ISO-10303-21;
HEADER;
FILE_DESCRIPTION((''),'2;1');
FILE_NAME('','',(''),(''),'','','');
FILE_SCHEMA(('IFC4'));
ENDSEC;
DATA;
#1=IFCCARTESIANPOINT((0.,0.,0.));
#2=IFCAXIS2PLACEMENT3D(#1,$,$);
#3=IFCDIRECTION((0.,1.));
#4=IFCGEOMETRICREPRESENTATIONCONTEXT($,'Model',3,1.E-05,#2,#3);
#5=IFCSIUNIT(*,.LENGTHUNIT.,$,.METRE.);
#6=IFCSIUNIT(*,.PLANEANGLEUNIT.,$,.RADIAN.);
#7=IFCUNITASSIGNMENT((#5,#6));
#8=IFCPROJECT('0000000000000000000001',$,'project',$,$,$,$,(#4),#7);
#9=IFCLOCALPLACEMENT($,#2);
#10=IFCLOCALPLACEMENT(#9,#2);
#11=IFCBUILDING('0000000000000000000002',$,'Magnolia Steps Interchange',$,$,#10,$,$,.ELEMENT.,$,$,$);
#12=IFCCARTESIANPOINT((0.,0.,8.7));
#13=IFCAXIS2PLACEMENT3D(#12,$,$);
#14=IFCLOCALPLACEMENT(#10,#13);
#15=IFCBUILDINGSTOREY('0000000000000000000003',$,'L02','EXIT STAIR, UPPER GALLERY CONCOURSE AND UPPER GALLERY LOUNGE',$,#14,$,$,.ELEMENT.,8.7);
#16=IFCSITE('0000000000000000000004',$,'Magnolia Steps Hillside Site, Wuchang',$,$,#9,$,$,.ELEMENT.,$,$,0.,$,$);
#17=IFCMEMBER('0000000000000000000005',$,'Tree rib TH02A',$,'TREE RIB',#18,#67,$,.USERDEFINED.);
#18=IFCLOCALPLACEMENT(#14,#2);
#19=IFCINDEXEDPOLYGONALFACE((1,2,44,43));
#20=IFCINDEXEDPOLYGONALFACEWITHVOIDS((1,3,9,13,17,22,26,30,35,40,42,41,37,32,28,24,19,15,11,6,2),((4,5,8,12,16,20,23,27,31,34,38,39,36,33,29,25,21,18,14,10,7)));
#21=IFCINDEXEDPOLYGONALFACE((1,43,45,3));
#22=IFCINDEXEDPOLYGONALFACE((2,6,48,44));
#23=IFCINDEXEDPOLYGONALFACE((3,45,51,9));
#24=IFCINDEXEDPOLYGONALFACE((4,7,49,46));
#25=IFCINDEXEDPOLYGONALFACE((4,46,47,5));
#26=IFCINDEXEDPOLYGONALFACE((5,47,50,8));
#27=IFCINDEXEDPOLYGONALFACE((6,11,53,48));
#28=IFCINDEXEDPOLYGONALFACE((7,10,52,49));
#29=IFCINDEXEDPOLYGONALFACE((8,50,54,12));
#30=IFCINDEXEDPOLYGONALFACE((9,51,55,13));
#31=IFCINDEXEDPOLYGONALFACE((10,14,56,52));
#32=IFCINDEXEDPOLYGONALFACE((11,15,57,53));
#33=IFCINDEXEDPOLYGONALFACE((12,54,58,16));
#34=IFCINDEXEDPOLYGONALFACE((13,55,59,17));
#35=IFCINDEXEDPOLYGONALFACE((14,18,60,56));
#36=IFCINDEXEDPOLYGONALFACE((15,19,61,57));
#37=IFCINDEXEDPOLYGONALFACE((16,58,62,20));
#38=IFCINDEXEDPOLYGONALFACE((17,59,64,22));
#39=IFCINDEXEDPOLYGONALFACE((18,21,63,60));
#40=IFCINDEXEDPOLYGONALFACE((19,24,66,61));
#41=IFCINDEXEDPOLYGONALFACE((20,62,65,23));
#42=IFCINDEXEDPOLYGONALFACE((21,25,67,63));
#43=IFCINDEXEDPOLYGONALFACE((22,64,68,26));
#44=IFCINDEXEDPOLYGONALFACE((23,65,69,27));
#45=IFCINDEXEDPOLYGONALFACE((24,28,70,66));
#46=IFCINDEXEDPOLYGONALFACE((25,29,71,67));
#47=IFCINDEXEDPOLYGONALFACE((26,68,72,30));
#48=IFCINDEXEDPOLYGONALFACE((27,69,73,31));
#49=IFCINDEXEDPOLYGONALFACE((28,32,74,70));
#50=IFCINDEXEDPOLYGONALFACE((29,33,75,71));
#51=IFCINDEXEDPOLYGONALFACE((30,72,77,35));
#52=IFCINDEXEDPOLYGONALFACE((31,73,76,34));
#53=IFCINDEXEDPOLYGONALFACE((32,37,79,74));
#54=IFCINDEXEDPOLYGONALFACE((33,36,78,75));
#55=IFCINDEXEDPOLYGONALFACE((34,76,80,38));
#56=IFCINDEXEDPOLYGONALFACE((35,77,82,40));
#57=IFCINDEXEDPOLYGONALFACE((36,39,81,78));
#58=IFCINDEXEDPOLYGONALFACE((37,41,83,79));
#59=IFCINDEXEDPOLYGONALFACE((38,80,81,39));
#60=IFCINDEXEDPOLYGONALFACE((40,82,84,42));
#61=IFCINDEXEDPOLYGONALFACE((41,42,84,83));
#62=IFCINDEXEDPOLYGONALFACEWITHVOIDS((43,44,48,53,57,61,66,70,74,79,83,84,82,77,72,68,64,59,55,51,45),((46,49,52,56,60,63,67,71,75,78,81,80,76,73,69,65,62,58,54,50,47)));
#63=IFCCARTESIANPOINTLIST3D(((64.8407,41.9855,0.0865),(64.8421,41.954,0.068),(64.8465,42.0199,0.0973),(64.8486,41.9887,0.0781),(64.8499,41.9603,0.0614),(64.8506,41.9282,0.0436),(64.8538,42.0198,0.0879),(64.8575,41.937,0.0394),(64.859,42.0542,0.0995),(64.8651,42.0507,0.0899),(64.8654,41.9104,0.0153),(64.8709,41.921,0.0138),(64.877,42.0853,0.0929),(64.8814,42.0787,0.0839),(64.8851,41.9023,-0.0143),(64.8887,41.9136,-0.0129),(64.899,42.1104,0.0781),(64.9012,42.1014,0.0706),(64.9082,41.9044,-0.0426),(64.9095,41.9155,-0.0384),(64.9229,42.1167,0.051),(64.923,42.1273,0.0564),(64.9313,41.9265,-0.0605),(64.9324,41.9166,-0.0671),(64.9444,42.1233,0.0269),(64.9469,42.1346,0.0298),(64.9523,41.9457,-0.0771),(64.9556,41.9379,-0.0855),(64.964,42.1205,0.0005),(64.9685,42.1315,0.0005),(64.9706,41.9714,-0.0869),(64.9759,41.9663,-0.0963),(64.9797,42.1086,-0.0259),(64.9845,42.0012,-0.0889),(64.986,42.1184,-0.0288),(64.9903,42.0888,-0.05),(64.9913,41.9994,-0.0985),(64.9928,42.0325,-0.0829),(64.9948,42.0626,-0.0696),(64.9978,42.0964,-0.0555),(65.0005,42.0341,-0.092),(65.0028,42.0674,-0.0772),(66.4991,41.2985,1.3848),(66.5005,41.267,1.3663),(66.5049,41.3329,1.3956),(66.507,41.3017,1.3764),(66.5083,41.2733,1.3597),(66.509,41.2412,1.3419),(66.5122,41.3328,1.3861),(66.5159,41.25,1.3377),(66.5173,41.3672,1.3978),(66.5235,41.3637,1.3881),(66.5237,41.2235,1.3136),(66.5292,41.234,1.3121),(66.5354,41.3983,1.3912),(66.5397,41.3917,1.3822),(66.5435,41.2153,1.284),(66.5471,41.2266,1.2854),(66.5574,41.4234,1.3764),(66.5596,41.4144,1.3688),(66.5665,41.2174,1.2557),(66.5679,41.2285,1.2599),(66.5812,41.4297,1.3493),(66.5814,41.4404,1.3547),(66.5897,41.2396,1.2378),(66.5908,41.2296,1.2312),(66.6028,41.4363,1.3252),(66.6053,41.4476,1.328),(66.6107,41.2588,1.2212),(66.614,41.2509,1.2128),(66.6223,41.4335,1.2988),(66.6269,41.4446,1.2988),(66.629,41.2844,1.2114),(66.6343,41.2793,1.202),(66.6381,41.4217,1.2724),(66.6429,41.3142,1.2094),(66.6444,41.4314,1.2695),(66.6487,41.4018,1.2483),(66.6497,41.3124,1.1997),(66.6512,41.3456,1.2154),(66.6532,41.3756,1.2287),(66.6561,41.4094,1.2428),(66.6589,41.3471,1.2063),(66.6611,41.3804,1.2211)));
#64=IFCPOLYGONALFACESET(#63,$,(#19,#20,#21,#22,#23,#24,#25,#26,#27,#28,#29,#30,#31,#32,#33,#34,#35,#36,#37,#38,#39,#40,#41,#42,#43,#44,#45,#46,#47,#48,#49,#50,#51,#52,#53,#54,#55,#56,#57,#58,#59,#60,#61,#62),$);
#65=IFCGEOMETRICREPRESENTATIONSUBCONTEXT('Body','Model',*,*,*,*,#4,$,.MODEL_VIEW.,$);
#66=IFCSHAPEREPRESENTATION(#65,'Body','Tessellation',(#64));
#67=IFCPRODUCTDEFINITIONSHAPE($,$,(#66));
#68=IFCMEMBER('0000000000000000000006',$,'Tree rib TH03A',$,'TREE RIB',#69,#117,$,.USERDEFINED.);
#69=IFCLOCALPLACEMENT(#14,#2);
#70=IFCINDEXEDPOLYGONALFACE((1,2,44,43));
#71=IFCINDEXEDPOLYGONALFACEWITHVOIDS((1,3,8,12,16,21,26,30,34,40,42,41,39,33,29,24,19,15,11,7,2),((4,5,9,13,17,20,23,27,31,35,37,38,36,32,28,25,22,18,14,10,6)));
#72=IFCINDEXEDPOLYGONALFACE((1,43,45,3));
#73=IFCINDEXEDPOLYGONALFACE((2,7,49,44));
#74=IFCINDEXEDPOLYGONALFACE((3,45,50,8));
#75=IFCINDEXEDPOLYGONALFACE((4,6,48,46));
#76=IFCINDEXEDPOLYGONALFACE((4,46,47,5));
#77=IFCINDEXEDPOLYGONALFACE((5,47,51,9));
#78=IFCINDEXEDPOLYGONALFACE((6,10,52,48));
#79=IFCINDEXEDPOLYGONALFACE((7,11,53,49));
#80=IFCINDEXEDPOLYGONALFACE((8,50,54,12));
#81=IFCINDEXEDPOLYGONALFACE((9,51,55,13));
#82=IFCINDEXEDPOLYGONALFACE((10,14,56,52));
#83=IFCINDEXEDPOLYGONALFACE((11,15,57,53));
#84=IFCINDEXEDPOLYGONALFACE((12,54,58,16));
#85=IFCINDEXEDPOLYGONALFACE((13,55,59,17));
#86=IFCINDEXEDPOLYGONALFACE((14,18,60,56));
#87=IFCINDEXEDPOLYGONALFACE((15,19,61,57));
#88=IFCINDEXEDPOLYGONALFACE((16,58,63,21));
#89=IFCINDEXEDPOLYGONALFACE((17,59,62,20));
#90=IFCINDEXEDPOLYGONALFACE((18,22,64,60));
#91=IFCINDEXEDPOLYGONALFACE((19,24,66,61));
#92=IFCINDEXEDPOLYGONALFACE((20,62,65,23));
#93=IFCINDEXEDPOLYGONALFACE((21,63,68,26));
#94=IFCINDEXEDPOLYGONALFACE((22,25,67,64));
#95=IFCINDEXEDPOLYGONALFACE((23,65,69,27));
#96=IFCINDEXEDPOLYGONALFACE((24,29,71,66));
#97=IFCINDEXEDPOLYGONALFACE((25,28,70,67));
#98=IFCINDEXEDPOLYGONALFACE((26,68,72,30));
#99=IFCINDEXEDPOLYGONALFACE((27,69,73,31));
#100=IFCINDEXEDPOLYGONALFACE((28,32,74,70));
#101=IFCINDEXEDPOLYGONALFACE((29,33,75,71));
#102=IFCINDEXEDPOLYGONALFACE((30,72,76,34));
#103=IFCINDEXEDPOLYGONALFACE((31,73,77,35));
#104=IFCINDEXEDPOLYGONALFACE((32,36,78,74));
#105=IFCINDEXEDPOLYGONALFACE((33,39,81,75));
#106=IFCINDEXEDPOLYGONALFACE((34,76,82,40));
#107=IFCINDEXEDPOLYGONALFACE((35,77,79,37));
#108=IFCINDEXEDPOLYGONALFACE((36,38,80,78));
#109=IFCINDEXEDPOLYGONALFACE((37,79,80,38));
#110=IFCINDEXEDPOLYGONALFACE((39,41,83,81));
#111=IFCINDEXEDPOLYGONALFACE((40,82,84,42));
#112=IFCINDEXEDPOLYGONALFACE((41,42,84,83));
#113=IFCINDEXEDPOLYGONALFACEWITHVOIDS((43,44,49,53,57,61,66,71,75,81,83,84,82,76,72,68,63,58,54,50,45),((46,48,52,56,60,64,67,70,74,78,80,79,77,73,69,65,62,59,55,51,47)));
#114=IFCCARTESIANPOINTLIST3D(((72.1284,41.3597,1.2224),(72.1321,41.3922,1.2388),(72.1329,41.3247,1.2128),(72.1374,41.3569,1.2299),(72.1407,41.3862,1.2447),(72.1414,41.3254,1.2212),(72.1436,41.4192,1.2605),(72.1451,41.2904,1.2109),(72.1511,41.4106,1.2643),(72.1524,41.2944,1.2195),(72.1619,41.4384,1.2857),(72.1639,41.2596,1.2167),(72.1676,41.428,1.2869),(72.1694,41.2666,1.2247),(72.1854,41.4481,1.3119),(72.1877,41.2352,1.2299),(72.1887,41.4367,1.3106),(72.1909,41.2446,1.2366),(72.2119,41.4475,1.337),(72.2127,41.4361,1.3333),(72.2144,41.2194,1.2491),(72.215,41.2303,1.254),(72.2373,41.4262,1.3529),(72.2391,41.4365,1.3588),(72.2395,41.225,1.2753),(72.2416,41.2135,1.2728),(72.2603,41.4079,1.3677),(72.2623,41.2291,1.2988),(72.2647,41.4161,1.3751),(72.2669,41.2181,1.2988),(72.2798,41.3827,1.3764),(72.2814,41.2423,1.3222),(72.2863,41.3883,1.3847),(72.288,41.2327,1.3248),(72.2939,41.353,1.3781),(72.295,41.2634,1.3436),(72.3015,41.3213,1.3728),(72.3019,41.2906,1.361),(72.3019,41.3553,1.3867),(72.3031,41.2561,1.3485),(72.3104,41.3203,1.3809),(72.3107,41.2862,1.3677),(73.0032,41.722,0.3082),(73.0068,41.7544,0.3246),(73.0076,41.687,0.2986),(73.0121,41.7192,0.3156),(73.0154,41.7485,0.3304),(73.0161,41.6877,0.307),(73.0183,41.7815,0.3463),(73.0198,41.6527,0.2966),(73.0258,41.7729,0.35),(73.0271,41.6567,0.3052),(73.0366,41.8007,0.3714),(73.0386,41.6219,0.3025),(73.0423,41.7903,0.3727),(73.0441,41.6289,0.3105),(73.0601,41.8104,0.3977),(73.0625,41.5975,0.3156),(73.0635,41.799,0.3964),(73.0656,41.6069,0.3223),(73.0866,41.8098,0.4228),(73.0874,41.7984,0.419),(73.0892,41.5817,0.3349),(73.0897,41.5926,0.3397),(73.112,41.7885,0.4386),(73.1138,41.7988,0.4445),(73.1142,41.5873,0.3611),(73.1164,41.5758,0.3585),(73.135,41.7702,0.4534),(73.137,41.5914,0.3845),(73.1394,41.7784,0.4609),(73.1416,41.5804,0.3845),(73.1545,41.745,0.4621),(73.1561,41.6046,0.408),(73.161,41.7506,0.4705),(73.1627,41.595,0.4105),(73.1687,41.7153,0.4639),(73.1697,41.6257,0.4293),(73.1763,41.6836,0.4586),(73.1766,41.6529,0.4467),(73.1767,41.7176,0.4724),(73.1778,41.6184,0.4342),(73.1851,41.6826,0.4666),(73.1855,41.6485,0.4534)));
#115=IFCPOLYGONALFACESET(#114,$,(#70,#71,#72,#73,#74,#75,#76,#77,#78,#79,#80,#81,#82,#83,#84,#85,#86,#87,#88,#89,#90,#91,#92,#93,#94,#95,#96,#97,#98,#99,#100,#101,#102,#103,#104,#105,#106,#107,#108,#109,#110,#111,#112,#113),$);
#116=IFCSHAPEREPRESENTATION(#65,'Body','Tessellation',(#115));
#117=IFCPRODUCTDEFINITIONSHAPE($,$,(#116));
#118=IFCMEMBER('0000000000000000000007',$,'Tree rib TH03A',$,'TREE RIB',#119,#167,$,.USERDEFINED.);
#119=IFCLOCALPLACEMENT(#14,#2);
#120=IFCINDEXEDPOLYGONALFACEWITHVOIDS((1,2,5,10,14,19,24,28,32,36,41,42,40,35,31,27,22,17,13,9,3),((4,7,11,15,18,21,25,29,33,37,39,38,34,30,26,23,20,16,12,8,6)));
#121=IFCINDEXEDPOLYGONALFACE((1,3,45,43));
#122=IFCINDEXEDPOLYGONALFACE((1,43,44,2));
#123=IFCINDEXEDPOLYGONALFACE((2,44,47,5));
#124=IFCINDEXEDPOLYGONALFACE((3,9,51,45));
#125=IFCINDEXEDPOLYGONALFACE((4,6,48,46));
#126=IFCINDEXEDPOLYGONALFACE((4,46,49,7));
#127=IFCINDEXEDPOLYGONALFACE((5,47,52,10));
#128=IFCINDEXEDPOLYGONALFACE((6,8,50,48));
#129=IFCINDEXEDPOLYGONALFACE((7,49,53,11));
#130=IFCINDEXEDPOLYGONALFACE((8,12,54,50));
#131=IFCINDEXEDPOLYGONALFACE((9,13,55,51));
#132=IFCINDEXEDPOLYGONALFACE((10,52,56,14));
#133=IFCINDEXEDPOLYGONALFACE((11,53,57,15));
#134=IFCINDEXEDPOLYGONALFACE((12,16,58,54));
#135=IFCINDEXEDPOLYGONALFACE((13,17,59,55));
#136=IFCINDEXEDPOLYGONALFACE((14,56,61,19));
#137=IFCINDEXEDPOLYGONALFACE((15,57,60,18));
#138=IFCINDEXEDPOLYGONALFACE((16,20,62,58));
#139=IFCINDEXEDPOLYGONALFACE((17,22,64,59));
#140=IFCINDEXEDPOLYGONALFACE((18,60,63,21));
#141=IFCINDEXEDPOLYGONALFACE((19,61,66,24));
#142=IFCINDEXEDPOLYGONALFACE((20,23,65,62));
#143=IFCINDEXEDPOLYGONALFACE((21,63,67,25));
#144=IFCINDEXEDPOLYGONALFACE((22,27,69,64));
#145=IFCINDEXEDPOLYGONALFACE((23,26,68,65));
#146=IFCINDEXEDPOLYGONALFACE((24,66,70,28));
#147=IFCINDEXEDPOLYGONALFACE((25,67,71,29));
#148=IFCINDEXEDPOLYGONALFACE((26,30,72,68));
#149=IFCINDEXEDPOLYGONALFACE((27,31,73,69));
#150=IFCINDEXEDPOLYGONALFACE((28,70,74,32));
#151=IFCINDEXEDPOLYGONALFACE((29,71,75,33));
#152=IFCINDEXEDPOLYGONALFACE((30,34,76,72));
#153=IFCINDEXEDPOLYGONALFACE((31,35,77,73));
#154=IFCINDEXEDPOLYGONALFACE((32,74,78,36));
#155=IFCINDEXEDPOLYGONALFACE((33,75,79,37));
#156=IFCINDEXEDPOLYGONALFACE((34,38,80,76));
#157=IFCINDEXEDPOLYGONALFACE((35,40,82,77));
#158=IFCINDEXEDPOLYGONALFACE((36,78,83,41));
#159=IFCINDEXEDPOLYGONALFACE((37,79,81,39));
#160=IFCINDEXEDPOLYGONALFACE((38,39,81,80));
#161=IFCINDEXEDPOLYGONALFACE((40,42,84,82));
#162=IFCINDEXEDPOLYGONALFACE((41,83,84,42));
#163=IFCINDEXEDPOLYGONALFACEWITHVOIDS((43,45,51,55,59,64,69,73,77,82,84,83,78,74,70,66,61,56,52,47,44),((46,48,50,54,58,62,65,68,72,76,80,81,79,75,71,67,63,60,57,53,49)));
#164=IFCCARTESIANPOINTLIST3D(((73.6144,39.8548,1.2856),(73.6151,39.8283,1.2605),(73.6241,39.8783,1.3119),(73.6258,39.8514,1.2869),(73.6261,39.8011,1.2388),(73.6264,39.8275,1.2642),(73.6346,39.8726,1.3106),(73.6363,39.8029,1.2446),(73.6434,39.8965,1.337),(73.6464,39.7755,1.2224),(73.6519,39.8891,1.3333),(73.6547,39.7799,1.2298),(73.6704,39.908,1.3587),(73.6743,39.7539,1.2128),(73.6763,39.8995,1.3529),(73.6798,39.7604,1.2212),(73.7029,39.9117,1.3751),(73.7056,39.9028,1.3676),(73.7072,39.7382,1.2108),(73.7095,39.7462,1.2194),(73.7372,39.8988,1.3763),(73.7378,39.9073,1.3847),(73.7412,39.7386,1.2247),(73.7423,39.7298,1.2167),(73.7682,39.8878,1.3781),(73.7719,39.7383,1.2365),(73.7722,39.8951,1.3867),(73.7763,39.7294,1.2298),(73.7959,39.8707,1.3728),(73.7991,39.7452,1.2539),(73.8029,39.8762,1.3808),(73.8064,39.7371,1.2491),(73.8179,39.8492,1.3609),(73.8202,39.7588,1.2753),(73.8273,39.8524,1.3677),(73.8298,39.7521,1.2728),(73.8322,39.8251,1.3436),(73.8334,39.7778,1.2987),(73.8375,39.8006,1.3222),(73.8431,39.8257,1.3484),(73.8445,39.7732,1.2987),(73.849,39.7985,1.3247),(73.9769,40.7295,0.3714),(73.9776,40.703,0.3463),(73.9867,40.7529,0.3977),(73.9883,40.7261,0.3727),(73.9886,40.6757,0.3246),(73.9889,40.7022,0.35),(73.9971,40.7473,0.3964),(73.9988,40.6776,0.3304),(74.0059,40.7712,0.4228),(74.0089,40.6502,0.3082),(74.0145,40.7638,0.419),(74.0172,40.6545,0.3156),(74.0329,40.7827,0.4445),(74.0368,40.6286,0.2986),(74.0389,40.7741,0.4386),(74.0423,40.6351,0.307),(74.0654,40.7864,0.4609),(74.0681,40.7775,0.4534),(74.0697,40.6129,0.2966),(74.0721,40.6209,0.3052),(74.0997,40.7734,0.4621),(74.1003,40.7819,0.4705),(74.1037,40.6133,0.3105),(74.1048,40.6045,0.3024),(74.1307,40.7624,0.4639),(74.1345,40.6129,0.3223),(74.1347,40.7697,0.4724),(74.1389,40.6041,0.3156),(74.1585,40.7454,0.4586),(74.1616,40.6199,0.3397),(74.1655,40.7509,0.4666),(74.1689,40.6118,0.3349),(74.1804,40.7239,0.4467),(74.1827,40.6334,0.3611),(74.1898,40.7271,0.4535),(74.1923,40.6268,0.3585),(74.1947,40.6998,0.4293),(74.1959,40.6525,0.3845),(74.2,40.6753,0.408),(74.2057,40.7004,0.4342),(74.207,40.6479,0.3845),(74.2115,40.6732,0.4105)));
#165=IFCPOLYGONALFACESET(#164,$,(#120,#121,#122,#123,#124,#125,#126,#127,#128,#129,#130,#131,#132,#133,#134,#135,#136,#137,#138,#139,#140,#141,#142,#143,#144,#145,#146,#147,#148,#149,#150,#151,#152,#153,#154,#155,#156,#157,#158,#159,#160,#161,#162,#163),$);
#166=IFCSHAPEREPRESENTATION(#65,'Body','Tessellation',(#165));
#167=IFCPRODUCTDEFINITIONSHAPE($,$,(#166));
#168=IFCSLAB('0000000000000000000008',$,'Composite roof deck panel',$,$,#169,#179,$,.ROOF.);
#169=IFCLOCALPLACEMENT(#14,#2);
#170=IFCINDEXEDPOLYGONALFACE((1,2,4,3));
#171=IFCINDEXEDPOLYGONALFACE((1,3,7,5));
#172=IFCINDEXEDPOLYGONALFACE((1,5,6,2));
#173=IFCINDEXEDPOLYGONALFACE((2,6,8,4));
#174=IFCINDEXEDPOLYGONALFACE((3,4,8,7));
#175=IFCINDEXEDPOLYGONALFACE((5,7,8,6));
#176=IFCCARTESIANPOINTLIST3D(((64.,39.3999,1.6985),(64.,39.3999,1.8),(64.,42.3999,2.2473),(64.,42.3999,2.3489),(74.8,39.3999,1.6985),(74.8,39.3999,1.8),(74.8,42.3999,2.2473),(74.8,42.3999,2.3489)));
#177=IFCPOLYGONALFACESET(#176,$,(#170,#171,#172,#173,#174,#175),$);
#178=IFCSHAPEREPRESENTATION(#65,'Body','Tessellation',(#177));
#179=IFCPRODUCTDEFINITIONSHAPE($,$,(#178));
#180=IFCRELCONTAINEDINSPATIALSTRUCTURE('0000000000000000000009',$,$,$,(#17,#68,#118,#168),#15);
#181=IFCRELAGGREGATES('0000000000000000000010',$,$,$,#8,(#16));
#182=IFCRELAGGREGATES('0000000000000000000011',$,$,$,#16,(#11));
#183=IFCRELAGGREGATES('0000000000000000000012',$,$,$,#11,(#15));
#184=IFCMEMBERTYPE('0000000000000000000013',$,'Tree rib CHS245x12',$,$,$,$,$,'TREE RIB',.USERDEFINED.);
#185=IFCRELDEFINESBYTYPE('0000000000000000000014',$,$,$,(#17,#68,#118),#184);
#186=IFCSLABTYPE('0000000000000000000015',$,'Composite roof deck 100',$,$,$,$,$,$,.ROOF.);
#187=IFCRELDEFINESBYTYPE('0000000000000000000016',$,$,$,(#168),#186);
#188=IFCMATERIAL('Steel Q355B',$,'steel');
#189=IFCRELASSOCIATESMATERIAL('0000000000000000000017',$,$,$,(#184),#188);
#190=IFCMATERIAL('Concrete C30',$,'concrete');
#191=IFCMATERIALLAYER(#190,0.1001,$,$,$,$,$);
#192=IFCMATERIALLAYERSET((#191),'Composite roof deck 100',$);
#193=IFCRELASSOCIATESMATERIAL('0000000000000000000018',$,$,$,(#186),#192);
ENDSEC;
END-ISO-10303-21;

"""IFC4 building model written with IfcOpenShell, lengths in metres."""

from ifc_helpers import new_model, si_unit, direction, frame, origin, origin_2d, place, context, subcontext, project, spatial, polyline, hollow_circle, outline, extrude, material, layer, layer_set, material_profile, profile_set, type_object, element, save


model = new_model("IFC4")

# Units and contexts
model_context = context("Model", 3, precision=1e-05, world=origin(), true_north=direction((0.0, 1.0)))
body_context = subcontext(model_context, "Body", "Model", "MODEL_VIEW")
ifc_project = project(units=[si_unit("LENGTHUNIT", "METRE"), si_unit("PLANEANGLEUNIT", "RADIAN")], contexts=[model_context])

# Site, building, storey
site_placement = place(None, origin())
site = spatial("IfcSite", under=ifc_project, at=site_placement, Name="Magnolia Steps Hillside Site, Wuchang", CompositionType="ELEMENT", RefElevation=0.0)
building_placement = place(site_placement, origin())
building = spatial("IfcBuilding", under=site, at=building_placement, Name="Magnolia Steps Interchange", CompositionType="ELEMENT")
storey_placement = place(building_placement, frame((0.0, 0.0, 8.7)))
storey = spatial("IfcBuildingStorey", under=building, at=storey_placement, Name="L02", Description="EXIT STAIR, UPPER GALLERY CONCOURSE AND UPPER GALLERY LOUNGE", CompositionType="ELEMENT", Elevation=8.7)

# Members
ifc_material_1 = material(Name="Steel Q355B", Category="steel")
ifc_material_profile_1 = material_profile(ifc_material_1, hollow_circle(Radius=0.1226, WallThickness=0.012, at=origin_2d()), Name="CHS245x12")
ifc_profile_set_1 = profile_set([ifc_material_profile_1], Name="Steel Q355B")
member_type = type_object("IfcMemberType", Name="Tree rib CHS245x12", ElementType="TREE RIB", PredefinedType="USERDEFINED", material=ifc_profile_set_1)
for number, where, z_axis, x_axis, name in (
    (1, (64.9216, 42.0183, 0.0005), (0.74859, -0.310103, 0.586045), (0.382712, 0.923868, 0.0), "Tree rib TH02A"),
):
    element("IfcMember", number, at=place(storey_placement, frame(where, z_axis=z_axis, x_axis=x_axis)), inside=storey, type_object=member_type, Name=name, ObjectType="TREE RIB", PredefinedType="USERDEFINED", context=body_context, shape_type="SweptSolid", body=[
        extrude(hollow_circle(Radius=0.1226, WallThickness=0.012, at=origin_2d()), origin(), (0.0, 0.0, 1.0), 2.2153),
    ])
for number, where, z_axis, x_axis, name in (
    (2, (73.0947, 41.6936, 0.3845), (-0.6646, -0.275263, 0.694649), (0.382655, -0.923891, 0.0), "Tree rib TH03A"),
    (3, (74.0938, 40.6948, 0.3845), (-0.275434, -0.664566, 0.694613), (0.9238, -0.382876, 0.0), "Tree rib TH03A"),
):
    element("IfcMember", number, at=place(storey_placement, frame(where, z_axis=z_axis, x_axis=x_axis)), inside=storey, type_object=member_type, Name=name, ObjectType="TREE RIB", PredefinedType="USERDEFINED", context=body_context, shape_type="SweptSolid", body=[
        extrude(hollow_circle(Radius=0.1226, WallThickness=0.012, at=origin_2d()), origin(), (0.0, 0.0, 1.0), 1.3162),
    ])

# Slab
ifc_material_2 = material(Name="Concrete C30", Category="concrete")
ifc_layer_1 = layer(ifc_material_2, 0.1001)
ifc_layer_set_1 = layer_set([ifc_layer_1], Name="Composite roof deck 100")
slab_type = type_object("IfcSlabType", Name="Composite roof deck 100", PredefinedType="ROOF", material=ifc_layer_set_1)
slab_placement = place(storey_placement, frame((74.8, 39.3999, 1.8), z_axis=(0.0, -0.179956, 0.983675), x_axis=(0.0, 0.983675, 0.179956)))
element("IfcSlab", 4, at=slab_placement, inside=storey, type_object=slab_type, Name="Composite roof deck panel", PredefinedType="ROOF", context=body_context, shape_type="SweptSolid", body=[
    extrude(outline(polyline([(0.0, 0.0), (3.0498, 0.0), (3.0498, 10.8), (0.0, 10.8), (0.0, 0.0)])), origin(), (-0.179956, 0.0, -0.983675), 0.1016),
])

save(model, "model.ifc")
